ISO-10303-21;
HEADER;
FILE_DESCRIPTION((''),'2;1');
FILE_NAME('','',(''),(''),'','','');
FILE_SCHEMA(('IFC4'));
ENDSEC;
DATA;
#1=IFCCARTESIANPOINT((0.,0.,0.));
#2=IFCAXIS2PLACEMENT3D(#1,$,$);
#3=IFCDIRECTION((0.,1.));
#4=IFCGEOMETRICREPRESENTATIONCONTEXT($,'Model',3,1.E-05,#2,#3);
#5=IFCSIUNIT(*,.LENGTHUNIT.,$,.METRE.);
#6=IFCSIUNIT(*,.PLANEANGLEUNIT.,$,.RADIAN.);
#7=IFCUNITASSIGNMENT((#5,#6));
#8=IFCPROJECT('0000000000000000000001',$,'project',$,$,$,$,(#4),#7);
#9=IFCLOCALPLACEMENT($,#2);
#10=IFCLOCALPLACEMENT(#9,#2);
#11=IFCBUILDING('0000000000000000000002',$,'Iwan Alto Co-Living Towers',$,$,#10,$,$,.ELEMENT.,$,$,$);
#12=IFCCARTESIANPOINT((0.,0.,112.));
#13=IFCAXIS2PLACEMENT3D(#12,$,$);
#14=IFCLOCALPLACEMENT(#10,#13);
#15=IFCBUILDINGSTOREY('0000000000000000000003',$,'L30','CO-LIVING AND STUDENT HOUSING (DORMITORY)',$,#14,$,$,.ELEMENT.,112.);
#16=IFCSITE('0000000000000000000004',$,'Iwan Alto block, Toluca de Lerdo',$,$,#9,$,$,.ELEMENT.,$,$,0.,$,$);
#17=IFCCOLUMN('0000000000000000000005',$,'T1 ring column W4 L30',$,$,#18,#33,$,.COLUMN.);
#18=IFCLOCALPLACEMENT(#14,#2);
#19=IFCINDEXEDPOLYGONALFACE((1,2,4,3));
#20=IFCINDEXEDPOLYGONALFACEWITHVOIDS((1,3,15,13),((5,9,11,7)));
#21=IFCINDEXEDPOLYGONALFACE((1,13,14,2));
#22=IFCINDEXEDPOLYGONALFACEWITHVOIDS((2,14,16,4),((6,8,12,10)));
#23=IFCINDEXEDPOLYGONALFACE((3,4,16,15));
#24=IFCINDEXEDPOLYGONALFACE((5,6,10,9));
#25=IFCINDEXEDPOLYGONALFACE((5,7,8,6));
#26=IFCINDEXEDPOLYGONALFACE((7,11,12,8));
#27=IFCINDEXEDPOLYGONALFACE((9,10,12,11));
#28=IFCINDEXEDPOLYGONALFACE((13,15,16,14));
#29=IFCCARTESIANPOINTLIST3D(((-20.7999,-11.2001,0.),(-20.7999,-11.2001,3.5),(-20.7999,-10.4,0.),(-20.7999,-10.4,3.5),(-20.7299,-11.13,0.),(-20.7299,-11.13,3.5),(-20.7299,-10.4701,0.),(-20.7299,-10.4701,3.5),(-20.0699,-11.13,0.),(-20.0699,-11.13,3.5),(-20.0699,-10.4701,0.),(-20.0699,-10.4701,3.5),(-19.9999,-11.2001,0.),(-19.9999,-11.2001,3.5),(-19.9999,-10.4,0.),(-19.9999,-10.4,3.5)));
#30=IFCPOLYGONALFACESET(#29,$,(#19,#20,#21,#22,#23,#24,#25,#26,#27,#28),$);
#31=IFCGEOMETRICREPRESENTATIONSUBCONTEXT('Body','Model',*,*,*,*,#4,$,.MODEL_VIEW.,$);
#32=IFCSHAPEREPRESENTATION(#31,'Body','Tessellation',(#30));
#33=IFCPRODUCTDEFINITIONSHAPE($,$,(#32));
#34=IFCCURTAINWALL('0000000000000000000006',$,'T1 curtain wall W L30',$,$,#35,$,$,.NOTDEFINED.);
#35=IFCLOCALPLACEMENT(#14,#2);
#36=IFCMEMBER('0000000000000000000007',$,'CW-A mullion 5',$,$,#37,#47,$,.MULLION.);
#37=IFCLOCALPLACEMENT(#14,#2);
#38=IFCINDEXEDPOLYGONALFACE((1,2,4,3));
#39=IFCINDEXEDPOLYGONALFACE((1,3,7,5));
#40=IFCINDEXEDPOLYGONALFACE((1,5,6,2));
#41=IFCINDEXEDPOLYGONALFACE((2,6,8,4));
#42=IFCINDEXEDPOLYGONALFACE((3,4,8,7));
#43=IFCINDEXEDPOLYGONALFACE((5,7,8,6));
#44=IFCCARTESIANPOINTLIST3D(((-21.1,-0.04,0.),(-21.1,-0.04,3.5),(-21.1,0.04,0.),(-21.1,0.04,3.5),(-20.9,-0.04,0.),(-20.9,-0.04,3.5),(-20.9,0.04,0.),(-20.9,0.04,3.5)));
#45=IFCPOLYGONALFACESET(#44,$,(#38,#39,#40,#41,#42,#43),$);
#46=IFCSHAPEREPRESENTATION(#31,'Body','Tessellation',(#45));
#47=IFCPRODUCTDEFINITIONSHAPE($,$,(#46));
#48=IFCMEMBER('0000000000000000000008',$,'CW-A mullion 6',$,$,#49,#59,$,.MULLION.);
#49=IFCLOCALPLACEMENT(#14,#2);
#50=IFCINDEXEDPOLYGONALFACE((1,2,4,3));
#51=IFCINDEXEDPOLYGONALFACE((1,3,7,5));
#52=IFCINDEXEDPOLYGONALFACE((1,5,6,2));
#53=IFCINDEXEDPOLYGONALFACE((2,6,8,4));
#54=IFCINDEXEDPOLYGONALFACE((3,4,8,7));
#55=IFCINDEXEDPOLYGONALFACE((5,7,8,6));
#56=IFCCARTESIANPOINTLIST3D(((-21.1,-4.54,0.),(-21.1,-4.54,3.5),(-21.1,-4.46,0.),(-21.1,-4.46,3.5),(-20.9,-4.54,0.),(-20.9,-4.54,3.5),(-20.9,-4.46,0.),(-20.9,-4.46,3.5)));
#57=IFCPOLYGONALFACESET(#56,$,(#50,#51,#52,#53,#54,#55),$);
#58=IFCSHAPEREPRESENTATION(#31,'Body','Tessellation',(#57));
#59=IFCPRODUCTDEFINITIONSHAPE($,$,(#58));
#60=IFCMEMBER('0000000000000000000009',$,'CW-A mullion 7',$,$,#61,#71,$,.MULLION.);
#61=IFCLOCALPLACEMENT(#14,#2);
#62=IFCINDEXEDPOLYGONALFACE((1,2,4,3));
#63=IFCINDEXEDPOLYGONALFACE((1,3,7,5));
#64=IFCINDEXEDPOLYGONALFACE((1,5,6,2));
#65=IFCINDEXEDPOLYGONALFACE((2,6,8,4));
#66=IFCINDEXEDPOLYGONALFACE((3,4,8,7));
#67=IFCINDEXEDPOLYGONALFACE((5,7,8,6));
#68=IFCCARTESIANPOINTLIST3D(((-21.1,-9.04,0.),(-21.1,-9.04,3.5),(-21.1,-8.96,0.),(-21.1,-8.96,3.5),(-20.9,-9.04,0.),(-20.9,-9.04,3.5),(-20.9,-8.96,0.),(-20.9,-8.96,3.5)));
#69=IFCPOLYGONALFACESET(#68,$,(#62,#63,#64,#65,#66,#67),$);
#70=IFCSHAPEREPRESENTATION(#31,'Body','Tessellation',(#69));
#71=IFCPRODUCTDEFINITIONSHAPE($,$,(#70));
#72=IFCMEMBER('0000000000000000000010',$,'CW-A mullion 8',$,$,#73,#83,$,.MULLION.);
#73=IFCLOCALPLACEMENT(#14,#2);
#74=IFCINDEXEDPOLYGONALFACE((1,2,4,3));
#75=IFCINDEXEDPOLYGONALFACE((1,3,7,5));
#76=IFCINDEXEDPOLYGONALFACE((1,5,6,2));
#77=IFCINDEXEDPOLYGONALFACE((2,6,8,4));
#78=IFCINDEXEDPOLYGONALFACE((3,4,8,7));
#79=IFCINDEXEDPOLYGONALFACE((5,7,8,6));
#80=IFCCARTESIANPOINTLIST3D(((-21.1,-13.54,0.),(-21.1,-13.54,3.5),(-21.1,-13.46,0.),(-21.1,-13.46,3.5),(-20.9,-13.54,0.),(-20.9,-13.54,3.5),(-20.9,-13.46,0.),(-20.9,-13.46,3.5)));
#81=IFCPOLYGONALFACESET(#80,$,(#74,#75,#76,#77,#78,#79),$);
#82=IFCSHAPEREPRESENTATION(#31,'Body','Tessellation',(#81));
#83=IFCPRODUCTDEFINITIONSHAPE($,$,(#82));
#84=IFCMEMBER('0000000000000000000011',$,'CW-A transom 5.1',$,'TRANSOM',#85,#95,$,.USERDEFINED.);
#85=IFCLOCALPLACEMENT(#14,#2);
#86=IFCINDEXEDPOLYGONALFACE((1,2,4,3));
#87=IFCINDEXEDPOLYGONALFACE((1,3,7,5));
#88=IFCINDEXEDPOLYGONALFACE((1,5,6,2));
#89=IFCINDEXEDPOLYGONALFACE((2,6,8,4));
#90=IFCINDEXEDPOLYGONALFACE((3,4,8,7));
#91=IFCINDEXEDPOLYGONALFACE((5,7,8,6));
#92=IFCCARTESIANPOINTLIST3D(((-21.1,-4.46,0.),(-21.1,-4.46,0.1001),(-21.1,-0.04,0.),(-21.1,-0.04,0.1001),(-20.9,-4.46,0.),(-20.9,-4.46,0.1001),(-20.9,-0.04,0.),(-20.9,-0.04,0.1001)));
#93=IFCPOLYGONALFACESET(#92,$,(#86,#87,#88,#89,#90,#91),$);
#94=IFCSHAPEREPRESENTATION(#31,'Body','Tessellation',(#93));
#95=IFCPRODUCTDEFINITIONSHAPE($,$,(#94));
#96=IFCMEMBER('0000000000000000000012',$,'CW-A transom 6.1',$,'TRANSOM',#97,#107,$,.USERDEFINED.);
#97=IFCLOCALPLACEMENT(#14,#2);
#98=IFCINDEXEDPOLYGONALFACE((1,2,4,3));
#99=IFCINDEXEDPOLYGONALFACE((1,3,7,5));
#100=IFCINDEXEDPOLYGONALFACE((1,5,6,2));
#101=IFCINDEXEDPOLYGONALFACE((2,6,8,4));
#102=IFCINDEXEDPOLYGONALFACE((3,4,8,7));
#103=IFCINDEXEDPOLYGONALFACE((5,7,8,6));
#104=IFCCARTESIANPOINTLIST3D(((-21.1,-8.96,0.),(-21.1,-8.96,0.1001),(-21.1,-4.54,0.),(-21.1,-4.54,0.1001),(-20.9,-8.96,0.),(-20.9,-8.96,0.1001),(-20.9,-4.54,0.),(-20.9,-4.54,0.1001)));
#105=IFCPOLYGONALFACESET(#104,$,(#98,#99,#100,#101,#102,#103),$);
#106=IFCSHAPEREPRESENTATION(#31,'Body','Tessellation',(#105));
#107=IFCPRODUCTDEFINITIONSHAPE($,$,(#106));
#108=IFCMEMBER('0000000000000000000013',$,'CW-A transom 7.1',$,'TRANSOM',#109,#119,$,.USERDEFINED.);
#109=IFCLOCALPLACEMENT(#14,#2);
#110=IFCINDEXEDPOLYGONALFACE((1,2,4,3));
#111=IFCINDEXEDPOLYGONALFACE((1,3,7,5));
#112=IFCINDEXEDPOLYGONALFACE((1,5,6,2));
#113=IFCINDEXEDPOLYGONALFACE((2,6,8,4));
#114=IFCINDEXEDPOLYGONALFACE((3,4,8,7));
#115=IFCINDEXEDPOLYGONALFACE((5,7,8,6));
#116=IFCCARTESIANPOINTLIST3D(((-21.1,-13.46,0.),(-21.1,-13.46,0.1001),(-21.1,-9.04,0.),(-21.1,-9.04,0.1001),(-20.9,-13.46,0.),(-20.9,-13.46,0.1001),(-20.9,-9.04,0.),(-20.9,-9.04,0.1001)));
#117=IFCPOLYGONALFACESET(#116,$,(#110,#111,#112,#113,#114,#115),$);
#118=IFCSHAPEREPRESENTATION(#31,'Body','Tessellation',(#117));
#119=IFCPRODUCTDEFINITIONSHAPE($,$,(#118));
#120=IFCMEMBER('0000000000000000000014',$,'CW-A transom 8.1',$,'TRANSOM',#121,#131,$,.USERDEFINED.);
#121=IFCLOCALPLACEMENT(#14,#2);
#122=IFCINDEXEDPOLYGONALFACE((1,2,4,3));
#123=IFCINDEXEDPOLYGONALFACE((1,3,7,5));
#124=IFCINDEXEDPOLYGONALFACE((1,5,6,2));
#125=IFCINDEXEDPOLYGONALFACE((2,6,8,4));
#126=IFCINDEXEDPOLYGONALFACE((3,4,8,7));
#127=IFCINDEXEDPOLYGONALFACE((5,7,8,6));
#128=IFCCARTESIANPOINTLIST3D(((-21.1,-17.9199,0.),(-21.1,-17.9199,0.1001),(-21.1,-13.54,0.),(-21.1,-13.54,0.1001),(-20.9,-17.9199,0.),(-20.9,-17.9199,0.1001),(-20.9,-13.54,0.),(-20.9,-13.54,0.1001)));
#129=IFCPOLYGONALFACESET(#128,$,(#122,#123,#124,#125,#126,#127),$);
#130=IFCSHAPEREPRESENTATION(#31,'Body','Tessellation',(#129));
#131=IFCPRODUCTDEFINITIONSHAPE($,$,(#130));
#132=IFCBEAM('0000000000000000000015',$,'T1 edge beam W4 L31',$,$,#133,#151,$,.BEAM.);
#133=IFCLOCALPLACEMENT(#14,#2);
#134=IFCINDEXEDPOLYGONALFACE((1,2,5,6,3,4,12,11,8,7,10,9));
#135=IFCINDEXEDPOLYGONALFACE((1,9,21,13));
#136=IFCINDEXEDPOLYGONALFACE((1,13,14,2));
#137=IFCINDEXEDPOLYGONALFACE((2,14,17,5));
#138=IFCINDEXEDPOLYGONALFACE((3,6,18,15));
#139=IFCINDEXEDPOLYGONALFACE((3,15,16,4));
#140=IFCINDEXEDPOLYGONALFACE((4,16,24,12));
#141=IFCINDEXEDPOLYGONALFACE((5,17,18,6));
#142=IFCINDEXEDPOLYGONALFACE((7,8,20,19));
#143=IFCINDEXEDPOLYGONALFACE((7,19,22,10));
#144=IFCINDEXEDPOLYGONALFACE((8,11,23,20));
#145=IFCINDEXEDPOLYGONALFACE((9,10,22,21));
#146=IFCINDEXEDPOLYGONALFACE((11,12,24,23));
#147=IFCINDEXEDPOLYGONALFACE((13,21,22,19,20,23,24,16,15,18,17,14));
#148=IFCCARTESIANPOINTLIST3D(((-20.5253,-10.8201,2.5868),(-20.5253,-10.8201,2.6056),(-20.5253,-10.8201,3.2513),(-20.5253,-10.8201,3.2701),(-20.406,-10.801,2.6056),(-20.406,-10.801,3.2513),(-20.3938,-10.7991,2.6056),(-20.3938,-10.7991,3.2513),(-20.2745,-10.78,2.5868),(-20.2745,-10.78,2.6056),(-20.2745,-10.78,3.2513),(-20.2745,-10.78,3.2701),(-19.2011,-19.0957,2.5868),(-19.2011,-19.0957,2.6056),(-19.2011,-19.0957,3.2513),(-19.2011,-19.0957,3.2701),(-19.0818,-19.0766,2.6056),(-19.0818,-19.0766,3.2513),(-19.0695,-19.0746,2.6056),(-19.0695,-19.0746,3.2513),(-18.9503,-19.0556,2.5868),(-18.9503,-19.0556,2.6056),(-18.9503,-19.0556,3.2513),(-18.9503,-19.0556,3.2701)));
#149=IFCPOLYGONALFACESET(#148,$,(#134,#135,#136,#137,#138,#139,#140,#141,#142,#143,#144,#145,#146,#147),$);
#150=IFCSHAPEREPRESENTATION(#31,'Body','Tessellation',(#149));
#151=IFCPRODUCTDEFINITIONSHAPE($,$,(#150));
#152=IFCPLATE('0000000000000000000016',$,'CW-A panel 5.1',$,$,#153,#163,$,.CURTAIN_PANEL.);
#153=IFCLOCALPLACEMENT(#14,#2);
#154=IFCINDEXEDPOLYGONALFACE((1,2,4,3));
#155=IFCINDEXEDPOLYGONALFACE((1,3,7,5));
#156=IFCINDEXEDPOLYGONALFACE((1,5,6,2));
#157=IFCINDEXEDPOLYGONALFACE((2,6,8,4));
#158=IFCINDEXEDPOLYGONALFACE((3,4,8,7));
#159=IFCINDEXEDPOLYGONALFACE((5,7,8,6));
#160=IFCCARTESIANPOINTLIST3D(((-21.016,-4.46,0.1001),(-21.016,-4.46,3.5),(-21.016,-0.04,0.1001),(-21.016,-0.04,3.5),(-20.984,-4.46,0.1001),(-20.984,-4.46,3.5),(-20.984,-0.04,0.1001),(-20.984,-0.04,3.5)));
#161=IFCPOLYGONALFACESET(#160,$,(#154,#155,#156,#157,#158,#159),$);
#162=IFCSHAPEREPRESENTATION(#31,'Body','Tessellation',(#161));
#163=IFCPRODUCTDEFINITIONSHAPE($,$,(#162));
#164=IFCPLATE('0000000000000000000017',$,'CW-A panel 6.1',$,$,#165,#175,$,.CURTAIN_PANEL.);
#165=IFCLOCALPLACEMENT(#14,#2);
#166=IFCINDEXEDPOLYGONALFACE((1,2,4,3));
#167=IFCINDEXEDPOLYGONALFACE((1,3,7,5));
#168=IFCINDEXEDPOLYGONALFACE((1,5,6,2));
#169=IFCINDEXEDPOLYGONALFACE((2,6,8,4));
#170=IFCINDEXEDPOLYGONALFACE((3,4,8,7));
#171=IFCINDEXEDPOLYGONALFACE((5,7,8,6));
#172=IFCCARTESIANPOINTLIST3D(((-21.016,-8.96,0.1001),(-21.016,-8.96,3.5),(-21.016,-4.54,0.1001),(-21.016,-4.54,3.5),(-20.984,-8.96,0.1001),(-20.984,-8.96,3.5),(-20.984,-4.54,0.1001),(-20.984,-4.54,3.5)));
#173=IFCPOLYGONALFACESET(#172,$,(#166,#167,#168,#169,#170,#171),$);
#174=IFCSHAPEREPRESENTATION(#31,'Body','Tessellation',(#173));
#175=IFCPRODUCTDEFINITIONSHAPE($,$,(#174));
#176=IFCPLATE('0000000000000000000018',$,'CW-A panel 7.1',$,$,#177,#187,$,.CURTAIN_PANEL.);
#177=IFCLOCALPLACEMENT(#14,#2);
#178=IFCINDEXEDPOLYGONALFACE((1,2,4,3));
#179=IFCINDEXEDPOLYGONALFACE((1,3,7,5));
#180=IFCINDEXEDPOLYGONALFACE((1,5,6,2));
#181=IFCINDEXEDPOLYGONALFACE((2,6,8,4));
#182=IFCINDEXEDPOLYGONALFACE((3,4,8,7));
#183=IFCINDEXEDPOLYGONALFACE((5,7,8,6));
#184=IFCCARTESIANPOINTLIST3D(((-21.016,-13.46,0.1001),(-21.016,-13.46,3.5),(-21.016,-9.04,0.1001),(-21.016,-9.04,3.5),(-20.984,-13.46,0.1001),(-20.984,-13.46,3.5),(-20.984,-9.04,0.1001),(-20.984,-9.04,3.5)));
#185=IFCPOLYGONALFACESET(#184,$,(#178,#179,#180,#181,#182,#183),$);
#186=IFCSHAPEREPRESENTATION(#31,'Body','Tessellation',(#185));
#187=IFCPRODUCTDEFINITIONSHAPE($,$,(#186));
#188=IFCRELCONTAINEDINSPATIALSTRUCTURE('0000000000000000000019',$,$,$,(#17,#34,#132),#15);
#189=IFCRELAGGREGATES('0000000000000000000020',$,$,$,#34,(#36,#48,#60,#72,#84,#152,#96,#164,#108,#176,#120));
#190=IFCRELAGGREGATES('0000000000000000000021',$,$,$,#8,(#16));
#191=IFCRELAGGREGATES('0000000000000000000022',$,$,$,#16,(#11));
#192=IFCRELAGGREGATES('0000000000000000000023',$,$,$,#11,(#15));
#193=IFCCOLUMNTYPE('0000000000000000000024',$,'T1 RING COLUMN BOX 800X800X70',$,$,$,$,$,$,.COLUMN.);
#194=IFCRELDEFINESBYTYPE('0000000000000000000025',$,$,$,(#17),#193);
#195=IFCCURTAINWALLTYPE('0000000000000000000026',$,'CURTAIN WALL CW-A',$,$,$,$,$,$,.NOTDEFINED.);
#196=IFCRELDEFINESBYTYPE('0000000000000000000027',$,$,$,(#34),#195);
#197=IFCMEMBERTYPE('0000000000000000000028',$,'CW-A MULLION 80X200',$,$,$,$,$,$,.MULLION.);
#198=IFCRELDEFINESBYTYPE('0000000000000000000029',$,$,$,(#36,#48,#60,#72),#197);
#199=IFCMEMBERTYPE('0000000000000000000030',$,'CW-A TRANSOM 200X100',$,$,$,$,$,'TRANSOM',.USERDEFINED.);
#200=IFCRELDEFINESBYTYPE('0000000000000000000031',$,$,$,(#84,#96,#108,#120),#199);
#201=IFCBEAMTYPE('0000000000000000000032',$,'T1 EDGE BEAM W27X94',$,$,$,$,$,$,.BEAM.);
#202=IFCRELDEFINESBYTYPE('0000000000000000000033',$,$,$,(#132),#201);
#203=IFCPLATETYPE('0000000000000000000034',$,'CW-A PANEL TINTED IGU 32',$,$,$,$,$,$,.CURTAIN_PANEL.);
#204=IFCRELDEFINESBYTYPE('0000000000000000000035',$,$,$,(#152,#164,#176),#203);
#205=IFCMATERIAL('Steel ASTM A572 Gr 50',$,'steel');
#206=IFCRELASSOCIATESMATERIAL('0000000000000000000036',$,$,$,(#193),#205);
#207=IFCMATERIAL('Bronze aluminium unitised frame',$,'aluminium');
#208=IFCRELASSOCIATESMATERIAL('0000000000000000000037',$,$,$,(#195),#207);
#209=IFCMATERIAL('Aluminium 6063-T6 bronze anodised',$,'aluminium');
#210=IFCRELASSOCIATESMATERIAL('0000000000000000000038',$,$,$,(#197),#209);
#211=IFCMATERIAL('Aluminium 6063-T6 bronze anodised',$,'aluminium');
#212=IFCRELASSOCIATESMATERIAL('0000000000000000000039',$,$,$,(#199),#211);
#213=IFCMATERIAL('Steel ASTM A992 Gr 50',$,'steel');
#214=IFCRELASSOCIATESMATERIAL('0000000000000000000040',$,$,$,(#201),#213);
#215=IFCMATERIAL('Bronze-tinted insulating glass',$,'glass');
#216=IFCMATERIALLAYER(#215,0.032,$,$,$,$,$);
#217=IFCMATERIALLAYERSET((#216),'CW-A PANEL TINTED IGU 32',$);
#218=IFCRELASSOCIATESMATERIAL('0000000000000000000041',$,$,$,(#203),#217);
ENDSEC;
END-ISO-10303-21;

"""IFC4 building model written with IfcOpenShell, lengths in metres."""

from ifc_helpers import new_model, si_unit, direction, frame, origin, origin_2d, place, context, subcontext, project, spatial, rectangle, hollow_rectangle, i_section, extrude, material, layer, layer_set, material_profile, profile_set, type_object, element, aggregate, save


model = new_model("IFC4")

# Units and contexts
model_context = context("Model", 3, precision=1e-05, world=origin(), true_north=direction((0.0, 1.0)))
body_context = subcontext(model_context, "Body", "Model", "MODEL_VIEW")
ifc_project = project(units=[si_unit("LENGTHUNIT", "METRE"), si_unit("PLANEANGLEUNIT", "RADIAN")], contexts=[model_context])

# Site, building, storey
site_placement = place(None, origin())
site = spatial("IfcSite", under=ifc_project, at=site_placement, Name="Iwan Alto block, Toluca de Lerdo", CompositionType="ELEMENT", RefElevation=0.0)
building_placement = place(site_placement, origin())
building = spatial("IfcBuilding", under=site, at=building_placement, Name="Iwan Alto Co-Living Towers", CompositionType="ELEMENT")
storey_placement = place(building_placement, frame((0.0, 0.0, 112.0)))
storey = spatial("IfcBuildingStorey", under=building, at=storey_placement, Name="L30", Description="CO-LIVING AND STUDENT HOUSING (DORMITORY)", CompositionType="ELEMENT", Elevation=112.0)

# Column
ifc_material_1 = material(Name="Steel ASTM A572 Gr 50", Category="steel")
ifc_material_profile_1 = material_profile(ifc_material_1, hollow_rectangle(XDim=0.8, YDim=0.8, WallThickness=0.0701, at=origin_2d()), Name="BOX 800X800X70")
ifc_profile_set_1 = profile_set([ifc_material_profile_1], Name="Steel ASTM A572 Gr 50")
column_type = type_object("IfcColumnType", Name="T1 RING COLUMN BOX 800X800X70", PredefinedType="COLUMN", material=ifc_profile_set_1)
column_placement = place(storey_placement, frame((-20.3999, -10.8, 0.0), z_axis=(0.0, 0.0, 1.0), x_axis=(1.0, 0.0, 0.0)))
element("IfcColumn", 1, at=column_placement, inside=storey, type_object=column_type, Name="T1 ring column W4 L30", PredefinedType="COLUMN", context=body_context, shape_type="SweptSolid", body=[
    extrude(hollow_rectangle(XDim=0.8, YDim=0.8, WallThickness=0.0701, at=origin_2d()), origin(), (0.0, 0.0, 1.0), 3.5),
])

# Curtain wall, members
ifc_material_2 = material(Name="Bronze aluminium unitised frame", Category="aluminium")
curtain_wall_type = type_object("IfcCurtainWallType", Name="CURTAIN WALL CW-A", PredefinedType="NOTDEFINED", material=ifc_material_2)
curtain_wall_placement = place(storey_placement, origin())
curtain_wall = element("IfcCurtainWall", 2, at=curtain_wall_placement, inside=storey, type_object=curtain_wall_type, Name="T1 curtain wall W L30", PredefinedType="NOTDEFINED")
ifc_material_3 = material(Name="Aluminium 6063-T6 bronze anodised", Category="aluminium")
ifc_material_profile_2 = material_profile(ifc_material_3, rectangle(XDim=0.2, YDim=0.0801, at=origin_2d()), Name="AL 80X200")
ifc_profile_set_2 = profile_set([ifc_material_profile_2], Name="Aluminium 6063-T6 bronze anodised")
member_type_1 = type_object("IfcMemberType", Name="CW-A MULLION 80X200", PredefinedType="MULLION", material=ifc_profile_set_2)
member_1_placement = place(storey_placement, frame((-21.0, 0.0, 0.0), z_axis=(0.0, 0.0, 1.0), x_axis=(1.0, 0.0, 0.0)))
member_1 = element("IfcMember", 3, at=member_1_placement, type_object=member_type_1, Name="CW-A mullion 5", PredefinedType="MULLION", context=body_context, shape_type="SweptSolid", body=[
    extrude(rectangle(XDim=0.2, YDim=0.0801, at=origin_2d()), origin(), (0.0, 0.0, 1.0), 3.5),
])
member_2_placement = place(storey_placement, frame((-21.0, -4.5, 0.0), z_axis=(0.0, 0.0, 1.0), x_axis=(1.0, 0.0, 0.0)))
member_2 = element("IfcMember", 4, at=member_2_placement, type_object=member_type_1, Name="CW-A mullion 6", PredefinedType="MULLION", context=body_context, shape_type="SweptSolid", body=[
    extrude(rectangle(XDim=0.2, YDim=0.0801, at=origin_2d()), origin(), (0.0, 0.0, 1.0), 3.5),
])
member_3_placement = place(storey_placement, frame((-21.0, -9.0, 0.0), z_axis=(0.0, 0.0, 1.0), x_axis=(1.0, 0.0, 0.0)))
member_3 = element("IfcMember", 5, at=member_3_placement, type_object=member_type_1, Name="CW-A mullion 7", PredefinedType="MULLION", context=body_context, shape_type="SweptSolid", body=[
    extrude(rectangle(XDim=0.2, YDim=0.0801, at=origin_2d()), origin(), (0.0, 0.0, 1.0), 3.5),
])
member_4_placement = place(storey_placement, frame((-21.0, -13.5, 0.0), z_axis=(0.0, 0.0, 1.0), x_axis=(1.0, 0.0, 0.0)))
member_4 = element("IfcMember", 6, at=member_4_placement, type_object=member_type_1, Name="CW-A mullion 8", PredefinedType="MULLION", context=body_context, shape_type="SweptSolid", body=[
    extrude(rectangle(XDim=0.2, YDim=0.0801, at=origin_2d()), origin(), (0.0, 0.0, 1.0), 3.5),
])
ifc_material_4 = material(Name="Aluminium 6063-T6 bronze anodised", Category="aluminium")
ifc_material_profile_3 = material_profile(ifc_material_4, rectangle(XDim=0.2, YDim=0.1001, at=origin_2d()), Name="AL 200X100")
ifc_profile_set_3 = profile_set([ifc_material_profile_3], Name="Aluminium 6063-T6 bronze anodised")
member_type_2 = type_object("IfcMemberType", Name="CW-A TRANSOM 200X100", ElementType="TRANSOM", PredefinedType="USERDEFINED", material=ifc_profile_set_3)
member_5_placement = place(storey_placement, frame((-21.0, -0.04, 0.05), z_axis=(0.0, -1.0, 0.0), x_axis=(1.0, 0.0, 0.0)))
member_5 = element("IfcMember", 7, at=member_5_placement, type_object=member_type_2, Name="CW-A transom 5.1", ObjectType="TRANSOM", PredefinedType="USERDEFINED", context=body_context, shape_type="SweptSolid", body=[
    extrude(rectangle(XDim=0.2, YDim=0.1001, at=origin_2d()), origin(), (0.0, 0.0, 1.0), 4.4199),
])
member_6_placement = place(storey_placement, frame((-21.0, -4.54, 0.05), z_axis=(0.0, -1.0, 0.0), x_axis=(1.0, 0.0, 0.0)))
member_6 = element("IfcMember", 8, at=member_6_placement, type_object=member_type_2, Name="CW-A transom 6.1", ObjectType="TRANSOM", PredefinedType="USERDEFINED", context=body_context, shape_type="SweptSolid", body=[
    extrude(rectangle(XDim=0.2, YDim=0.1001, at=origin_2d()), origin(), (0.0, 0.0, 1.0), 4.4199),
])
member_7_placement = place(storey_placement, frame((-21.0, -9.04, 0.05), z_axis=(0.0, -1.0, 0.0), x_axis=(1.0, 0.0, 0.0)))
member_7 = element("IfcMember", 9, at=member_7_placement, type_object=member_type_2, Name="CW-A transom 7.1", ObjectType="TRANSOM", PredefinedType="USERDEFINED", context=body_context, shape_type="SweptSolid", body=[
    extrude(rectangle(XDim=0.2, YDim=0.1001, at=origin_2d()), origin(), (0.0, 0.0, 1.0), 4.4199),
])
member_8_placement = place(storey_placement, frame((-21.0, -13.54, 0.05), z_axis=(0.0, -1.0, 0.0), x_axis=(1.0, 0.0, 0.0)))
member_8 = element("IfcMember", 10, at=member_8_placement, type_object=member_type_2, Name="CW-A transom 8.1", ObjectType="TRANSOM", PredefinedType="USERDEFINED", context=body_context, shape_type="SweptSolid", body=[
    extrude(rectangle(XDim=0.2, YDim=0.1001, at=origin_2d()), origin(), (0.0, 0.0, 1.0), 4.3799),
])

# Beam
ifc_material_5 = material(Name="Steel ASTM A992 Gr 50", Category="steel")
ifc_material_profile_4 = material_profile(ifc_material_5, i_section(OverallWidth=0.2539, OverallDepth=0.6833, WebThickness=0.0125, FlangeThickness=0.0188, at=origin_2d()), Name="W27X94")
ifc_profile_set_4 = profile_set([ifc_material_profile_4], Name="Steel ASTM A992 Gr 50")
beam_type = type_object("IfcBeamType", Name="T1 EDGE BEAM W27X94", PredefinedType="BEAM", material=ifc_profile_set_4)
beam_placement = place(storey_placement, frame((-20.3999, -10.8, 2.9285), z_axis=(0.158004, -0.987438, 0.0), x_axis=(0.987438, 0.158004, 0.0)))
element("IfcBeam", 11, at=beam_placement, inside=storey, type_object=beam_type, Name="T1 edge beam W4 L31", PredefinedType="BEAM", context=body_context, shape_type="SweptSolid", body=[
    extrude(i_section(OverallWidth=0.2539, OverallDepth=0.6833, WebThickness=0.0125, FlangeThickness=0.0188, at=origin_2d()), origin(), (0.0, 0.0, 1.0), 8.3809),
])

# Plates
ifc_material_6 = material(Name="Bronze-tinted insulating glass", Category="glass")
ifc_layer_1 = layer(ifc_material_6, 0.032)
ifc_layer_set_1 = layer_set([ifc_layer_1], Name="CW-A PANEL TINTED IGU 32")
plate_type = type_object("IfcPlateType", Name="CW-A PANEL TINTED IGU 32", PredefinedType="CURTAIN_PANEL", material=ifc_layer_set_1)
plate_1_placement = place(storey_placement, frame((-21.0, -2.25, 0.1001), z_axis=(0.0, 0.0, 1.0), x_axis=(0.0, -1.0, 0.0)))
plate_1 = element("IfcPlate", 12, at=plate_1_placement, type_object=plate_type, Name="CW-A panel 5.1", PredefinedType="CURTAIN_PANEL", context=body_context, shape_type="SweptSolid", body=[
    extrude(rectangle(XDim=4.4199, YDim=0.032, at=origin_2d()), origin(), (0.0, 0.0, 1.0), 3.3999),
])
plate_2_placement = place(storey_placement, frame((-21.0, -6.75, 0.1001), z_axis=(0.0, 0.0, 1.0), x_axis=(0.0, -1.0, 0.0)))
plate_2 = element("IfcPlate", 13, at=plate_2_placement, type_object=plate_type, Name="CW-A panel 6.1", PredefinedType="CURTAIN_PANEL", context=body_context, shape_type="SweptSolid", body=[
    extrude(rectangle(XDim=4.4199, YDim=0.032, at=origin_2d()), origin(), (0.0, 0.0, 1.0), 3.3999),
])
plate_3_placement = place(storey_placement, frame((-21.0, -11.25, 0.1001), z_axis=(0.0, 0.0, 1.0), x_axis=(0.0, -1.0, 0.0)))
plate_3 = element("IfcPlate", 14, at=plate_3_placement, type_object=plate_type, Name="CW-A panel 7.1", PredefinedType="CURTAIN_PANEL", context=body_context, shape_type="SweptSolid", body=[
    extrude(rectangle(XDim=4.4199, YDim=0.032, at=origin_2d()), origin(), (0.0, 0.0, 1.0), 3.3999),
])
aggregate(curtain_wall, [member_1, member_2, member_3, member_4, member_5, plate_1, member_6, plate_2, member_7, plate_3, member_8])

save(model, "model.ifc")
